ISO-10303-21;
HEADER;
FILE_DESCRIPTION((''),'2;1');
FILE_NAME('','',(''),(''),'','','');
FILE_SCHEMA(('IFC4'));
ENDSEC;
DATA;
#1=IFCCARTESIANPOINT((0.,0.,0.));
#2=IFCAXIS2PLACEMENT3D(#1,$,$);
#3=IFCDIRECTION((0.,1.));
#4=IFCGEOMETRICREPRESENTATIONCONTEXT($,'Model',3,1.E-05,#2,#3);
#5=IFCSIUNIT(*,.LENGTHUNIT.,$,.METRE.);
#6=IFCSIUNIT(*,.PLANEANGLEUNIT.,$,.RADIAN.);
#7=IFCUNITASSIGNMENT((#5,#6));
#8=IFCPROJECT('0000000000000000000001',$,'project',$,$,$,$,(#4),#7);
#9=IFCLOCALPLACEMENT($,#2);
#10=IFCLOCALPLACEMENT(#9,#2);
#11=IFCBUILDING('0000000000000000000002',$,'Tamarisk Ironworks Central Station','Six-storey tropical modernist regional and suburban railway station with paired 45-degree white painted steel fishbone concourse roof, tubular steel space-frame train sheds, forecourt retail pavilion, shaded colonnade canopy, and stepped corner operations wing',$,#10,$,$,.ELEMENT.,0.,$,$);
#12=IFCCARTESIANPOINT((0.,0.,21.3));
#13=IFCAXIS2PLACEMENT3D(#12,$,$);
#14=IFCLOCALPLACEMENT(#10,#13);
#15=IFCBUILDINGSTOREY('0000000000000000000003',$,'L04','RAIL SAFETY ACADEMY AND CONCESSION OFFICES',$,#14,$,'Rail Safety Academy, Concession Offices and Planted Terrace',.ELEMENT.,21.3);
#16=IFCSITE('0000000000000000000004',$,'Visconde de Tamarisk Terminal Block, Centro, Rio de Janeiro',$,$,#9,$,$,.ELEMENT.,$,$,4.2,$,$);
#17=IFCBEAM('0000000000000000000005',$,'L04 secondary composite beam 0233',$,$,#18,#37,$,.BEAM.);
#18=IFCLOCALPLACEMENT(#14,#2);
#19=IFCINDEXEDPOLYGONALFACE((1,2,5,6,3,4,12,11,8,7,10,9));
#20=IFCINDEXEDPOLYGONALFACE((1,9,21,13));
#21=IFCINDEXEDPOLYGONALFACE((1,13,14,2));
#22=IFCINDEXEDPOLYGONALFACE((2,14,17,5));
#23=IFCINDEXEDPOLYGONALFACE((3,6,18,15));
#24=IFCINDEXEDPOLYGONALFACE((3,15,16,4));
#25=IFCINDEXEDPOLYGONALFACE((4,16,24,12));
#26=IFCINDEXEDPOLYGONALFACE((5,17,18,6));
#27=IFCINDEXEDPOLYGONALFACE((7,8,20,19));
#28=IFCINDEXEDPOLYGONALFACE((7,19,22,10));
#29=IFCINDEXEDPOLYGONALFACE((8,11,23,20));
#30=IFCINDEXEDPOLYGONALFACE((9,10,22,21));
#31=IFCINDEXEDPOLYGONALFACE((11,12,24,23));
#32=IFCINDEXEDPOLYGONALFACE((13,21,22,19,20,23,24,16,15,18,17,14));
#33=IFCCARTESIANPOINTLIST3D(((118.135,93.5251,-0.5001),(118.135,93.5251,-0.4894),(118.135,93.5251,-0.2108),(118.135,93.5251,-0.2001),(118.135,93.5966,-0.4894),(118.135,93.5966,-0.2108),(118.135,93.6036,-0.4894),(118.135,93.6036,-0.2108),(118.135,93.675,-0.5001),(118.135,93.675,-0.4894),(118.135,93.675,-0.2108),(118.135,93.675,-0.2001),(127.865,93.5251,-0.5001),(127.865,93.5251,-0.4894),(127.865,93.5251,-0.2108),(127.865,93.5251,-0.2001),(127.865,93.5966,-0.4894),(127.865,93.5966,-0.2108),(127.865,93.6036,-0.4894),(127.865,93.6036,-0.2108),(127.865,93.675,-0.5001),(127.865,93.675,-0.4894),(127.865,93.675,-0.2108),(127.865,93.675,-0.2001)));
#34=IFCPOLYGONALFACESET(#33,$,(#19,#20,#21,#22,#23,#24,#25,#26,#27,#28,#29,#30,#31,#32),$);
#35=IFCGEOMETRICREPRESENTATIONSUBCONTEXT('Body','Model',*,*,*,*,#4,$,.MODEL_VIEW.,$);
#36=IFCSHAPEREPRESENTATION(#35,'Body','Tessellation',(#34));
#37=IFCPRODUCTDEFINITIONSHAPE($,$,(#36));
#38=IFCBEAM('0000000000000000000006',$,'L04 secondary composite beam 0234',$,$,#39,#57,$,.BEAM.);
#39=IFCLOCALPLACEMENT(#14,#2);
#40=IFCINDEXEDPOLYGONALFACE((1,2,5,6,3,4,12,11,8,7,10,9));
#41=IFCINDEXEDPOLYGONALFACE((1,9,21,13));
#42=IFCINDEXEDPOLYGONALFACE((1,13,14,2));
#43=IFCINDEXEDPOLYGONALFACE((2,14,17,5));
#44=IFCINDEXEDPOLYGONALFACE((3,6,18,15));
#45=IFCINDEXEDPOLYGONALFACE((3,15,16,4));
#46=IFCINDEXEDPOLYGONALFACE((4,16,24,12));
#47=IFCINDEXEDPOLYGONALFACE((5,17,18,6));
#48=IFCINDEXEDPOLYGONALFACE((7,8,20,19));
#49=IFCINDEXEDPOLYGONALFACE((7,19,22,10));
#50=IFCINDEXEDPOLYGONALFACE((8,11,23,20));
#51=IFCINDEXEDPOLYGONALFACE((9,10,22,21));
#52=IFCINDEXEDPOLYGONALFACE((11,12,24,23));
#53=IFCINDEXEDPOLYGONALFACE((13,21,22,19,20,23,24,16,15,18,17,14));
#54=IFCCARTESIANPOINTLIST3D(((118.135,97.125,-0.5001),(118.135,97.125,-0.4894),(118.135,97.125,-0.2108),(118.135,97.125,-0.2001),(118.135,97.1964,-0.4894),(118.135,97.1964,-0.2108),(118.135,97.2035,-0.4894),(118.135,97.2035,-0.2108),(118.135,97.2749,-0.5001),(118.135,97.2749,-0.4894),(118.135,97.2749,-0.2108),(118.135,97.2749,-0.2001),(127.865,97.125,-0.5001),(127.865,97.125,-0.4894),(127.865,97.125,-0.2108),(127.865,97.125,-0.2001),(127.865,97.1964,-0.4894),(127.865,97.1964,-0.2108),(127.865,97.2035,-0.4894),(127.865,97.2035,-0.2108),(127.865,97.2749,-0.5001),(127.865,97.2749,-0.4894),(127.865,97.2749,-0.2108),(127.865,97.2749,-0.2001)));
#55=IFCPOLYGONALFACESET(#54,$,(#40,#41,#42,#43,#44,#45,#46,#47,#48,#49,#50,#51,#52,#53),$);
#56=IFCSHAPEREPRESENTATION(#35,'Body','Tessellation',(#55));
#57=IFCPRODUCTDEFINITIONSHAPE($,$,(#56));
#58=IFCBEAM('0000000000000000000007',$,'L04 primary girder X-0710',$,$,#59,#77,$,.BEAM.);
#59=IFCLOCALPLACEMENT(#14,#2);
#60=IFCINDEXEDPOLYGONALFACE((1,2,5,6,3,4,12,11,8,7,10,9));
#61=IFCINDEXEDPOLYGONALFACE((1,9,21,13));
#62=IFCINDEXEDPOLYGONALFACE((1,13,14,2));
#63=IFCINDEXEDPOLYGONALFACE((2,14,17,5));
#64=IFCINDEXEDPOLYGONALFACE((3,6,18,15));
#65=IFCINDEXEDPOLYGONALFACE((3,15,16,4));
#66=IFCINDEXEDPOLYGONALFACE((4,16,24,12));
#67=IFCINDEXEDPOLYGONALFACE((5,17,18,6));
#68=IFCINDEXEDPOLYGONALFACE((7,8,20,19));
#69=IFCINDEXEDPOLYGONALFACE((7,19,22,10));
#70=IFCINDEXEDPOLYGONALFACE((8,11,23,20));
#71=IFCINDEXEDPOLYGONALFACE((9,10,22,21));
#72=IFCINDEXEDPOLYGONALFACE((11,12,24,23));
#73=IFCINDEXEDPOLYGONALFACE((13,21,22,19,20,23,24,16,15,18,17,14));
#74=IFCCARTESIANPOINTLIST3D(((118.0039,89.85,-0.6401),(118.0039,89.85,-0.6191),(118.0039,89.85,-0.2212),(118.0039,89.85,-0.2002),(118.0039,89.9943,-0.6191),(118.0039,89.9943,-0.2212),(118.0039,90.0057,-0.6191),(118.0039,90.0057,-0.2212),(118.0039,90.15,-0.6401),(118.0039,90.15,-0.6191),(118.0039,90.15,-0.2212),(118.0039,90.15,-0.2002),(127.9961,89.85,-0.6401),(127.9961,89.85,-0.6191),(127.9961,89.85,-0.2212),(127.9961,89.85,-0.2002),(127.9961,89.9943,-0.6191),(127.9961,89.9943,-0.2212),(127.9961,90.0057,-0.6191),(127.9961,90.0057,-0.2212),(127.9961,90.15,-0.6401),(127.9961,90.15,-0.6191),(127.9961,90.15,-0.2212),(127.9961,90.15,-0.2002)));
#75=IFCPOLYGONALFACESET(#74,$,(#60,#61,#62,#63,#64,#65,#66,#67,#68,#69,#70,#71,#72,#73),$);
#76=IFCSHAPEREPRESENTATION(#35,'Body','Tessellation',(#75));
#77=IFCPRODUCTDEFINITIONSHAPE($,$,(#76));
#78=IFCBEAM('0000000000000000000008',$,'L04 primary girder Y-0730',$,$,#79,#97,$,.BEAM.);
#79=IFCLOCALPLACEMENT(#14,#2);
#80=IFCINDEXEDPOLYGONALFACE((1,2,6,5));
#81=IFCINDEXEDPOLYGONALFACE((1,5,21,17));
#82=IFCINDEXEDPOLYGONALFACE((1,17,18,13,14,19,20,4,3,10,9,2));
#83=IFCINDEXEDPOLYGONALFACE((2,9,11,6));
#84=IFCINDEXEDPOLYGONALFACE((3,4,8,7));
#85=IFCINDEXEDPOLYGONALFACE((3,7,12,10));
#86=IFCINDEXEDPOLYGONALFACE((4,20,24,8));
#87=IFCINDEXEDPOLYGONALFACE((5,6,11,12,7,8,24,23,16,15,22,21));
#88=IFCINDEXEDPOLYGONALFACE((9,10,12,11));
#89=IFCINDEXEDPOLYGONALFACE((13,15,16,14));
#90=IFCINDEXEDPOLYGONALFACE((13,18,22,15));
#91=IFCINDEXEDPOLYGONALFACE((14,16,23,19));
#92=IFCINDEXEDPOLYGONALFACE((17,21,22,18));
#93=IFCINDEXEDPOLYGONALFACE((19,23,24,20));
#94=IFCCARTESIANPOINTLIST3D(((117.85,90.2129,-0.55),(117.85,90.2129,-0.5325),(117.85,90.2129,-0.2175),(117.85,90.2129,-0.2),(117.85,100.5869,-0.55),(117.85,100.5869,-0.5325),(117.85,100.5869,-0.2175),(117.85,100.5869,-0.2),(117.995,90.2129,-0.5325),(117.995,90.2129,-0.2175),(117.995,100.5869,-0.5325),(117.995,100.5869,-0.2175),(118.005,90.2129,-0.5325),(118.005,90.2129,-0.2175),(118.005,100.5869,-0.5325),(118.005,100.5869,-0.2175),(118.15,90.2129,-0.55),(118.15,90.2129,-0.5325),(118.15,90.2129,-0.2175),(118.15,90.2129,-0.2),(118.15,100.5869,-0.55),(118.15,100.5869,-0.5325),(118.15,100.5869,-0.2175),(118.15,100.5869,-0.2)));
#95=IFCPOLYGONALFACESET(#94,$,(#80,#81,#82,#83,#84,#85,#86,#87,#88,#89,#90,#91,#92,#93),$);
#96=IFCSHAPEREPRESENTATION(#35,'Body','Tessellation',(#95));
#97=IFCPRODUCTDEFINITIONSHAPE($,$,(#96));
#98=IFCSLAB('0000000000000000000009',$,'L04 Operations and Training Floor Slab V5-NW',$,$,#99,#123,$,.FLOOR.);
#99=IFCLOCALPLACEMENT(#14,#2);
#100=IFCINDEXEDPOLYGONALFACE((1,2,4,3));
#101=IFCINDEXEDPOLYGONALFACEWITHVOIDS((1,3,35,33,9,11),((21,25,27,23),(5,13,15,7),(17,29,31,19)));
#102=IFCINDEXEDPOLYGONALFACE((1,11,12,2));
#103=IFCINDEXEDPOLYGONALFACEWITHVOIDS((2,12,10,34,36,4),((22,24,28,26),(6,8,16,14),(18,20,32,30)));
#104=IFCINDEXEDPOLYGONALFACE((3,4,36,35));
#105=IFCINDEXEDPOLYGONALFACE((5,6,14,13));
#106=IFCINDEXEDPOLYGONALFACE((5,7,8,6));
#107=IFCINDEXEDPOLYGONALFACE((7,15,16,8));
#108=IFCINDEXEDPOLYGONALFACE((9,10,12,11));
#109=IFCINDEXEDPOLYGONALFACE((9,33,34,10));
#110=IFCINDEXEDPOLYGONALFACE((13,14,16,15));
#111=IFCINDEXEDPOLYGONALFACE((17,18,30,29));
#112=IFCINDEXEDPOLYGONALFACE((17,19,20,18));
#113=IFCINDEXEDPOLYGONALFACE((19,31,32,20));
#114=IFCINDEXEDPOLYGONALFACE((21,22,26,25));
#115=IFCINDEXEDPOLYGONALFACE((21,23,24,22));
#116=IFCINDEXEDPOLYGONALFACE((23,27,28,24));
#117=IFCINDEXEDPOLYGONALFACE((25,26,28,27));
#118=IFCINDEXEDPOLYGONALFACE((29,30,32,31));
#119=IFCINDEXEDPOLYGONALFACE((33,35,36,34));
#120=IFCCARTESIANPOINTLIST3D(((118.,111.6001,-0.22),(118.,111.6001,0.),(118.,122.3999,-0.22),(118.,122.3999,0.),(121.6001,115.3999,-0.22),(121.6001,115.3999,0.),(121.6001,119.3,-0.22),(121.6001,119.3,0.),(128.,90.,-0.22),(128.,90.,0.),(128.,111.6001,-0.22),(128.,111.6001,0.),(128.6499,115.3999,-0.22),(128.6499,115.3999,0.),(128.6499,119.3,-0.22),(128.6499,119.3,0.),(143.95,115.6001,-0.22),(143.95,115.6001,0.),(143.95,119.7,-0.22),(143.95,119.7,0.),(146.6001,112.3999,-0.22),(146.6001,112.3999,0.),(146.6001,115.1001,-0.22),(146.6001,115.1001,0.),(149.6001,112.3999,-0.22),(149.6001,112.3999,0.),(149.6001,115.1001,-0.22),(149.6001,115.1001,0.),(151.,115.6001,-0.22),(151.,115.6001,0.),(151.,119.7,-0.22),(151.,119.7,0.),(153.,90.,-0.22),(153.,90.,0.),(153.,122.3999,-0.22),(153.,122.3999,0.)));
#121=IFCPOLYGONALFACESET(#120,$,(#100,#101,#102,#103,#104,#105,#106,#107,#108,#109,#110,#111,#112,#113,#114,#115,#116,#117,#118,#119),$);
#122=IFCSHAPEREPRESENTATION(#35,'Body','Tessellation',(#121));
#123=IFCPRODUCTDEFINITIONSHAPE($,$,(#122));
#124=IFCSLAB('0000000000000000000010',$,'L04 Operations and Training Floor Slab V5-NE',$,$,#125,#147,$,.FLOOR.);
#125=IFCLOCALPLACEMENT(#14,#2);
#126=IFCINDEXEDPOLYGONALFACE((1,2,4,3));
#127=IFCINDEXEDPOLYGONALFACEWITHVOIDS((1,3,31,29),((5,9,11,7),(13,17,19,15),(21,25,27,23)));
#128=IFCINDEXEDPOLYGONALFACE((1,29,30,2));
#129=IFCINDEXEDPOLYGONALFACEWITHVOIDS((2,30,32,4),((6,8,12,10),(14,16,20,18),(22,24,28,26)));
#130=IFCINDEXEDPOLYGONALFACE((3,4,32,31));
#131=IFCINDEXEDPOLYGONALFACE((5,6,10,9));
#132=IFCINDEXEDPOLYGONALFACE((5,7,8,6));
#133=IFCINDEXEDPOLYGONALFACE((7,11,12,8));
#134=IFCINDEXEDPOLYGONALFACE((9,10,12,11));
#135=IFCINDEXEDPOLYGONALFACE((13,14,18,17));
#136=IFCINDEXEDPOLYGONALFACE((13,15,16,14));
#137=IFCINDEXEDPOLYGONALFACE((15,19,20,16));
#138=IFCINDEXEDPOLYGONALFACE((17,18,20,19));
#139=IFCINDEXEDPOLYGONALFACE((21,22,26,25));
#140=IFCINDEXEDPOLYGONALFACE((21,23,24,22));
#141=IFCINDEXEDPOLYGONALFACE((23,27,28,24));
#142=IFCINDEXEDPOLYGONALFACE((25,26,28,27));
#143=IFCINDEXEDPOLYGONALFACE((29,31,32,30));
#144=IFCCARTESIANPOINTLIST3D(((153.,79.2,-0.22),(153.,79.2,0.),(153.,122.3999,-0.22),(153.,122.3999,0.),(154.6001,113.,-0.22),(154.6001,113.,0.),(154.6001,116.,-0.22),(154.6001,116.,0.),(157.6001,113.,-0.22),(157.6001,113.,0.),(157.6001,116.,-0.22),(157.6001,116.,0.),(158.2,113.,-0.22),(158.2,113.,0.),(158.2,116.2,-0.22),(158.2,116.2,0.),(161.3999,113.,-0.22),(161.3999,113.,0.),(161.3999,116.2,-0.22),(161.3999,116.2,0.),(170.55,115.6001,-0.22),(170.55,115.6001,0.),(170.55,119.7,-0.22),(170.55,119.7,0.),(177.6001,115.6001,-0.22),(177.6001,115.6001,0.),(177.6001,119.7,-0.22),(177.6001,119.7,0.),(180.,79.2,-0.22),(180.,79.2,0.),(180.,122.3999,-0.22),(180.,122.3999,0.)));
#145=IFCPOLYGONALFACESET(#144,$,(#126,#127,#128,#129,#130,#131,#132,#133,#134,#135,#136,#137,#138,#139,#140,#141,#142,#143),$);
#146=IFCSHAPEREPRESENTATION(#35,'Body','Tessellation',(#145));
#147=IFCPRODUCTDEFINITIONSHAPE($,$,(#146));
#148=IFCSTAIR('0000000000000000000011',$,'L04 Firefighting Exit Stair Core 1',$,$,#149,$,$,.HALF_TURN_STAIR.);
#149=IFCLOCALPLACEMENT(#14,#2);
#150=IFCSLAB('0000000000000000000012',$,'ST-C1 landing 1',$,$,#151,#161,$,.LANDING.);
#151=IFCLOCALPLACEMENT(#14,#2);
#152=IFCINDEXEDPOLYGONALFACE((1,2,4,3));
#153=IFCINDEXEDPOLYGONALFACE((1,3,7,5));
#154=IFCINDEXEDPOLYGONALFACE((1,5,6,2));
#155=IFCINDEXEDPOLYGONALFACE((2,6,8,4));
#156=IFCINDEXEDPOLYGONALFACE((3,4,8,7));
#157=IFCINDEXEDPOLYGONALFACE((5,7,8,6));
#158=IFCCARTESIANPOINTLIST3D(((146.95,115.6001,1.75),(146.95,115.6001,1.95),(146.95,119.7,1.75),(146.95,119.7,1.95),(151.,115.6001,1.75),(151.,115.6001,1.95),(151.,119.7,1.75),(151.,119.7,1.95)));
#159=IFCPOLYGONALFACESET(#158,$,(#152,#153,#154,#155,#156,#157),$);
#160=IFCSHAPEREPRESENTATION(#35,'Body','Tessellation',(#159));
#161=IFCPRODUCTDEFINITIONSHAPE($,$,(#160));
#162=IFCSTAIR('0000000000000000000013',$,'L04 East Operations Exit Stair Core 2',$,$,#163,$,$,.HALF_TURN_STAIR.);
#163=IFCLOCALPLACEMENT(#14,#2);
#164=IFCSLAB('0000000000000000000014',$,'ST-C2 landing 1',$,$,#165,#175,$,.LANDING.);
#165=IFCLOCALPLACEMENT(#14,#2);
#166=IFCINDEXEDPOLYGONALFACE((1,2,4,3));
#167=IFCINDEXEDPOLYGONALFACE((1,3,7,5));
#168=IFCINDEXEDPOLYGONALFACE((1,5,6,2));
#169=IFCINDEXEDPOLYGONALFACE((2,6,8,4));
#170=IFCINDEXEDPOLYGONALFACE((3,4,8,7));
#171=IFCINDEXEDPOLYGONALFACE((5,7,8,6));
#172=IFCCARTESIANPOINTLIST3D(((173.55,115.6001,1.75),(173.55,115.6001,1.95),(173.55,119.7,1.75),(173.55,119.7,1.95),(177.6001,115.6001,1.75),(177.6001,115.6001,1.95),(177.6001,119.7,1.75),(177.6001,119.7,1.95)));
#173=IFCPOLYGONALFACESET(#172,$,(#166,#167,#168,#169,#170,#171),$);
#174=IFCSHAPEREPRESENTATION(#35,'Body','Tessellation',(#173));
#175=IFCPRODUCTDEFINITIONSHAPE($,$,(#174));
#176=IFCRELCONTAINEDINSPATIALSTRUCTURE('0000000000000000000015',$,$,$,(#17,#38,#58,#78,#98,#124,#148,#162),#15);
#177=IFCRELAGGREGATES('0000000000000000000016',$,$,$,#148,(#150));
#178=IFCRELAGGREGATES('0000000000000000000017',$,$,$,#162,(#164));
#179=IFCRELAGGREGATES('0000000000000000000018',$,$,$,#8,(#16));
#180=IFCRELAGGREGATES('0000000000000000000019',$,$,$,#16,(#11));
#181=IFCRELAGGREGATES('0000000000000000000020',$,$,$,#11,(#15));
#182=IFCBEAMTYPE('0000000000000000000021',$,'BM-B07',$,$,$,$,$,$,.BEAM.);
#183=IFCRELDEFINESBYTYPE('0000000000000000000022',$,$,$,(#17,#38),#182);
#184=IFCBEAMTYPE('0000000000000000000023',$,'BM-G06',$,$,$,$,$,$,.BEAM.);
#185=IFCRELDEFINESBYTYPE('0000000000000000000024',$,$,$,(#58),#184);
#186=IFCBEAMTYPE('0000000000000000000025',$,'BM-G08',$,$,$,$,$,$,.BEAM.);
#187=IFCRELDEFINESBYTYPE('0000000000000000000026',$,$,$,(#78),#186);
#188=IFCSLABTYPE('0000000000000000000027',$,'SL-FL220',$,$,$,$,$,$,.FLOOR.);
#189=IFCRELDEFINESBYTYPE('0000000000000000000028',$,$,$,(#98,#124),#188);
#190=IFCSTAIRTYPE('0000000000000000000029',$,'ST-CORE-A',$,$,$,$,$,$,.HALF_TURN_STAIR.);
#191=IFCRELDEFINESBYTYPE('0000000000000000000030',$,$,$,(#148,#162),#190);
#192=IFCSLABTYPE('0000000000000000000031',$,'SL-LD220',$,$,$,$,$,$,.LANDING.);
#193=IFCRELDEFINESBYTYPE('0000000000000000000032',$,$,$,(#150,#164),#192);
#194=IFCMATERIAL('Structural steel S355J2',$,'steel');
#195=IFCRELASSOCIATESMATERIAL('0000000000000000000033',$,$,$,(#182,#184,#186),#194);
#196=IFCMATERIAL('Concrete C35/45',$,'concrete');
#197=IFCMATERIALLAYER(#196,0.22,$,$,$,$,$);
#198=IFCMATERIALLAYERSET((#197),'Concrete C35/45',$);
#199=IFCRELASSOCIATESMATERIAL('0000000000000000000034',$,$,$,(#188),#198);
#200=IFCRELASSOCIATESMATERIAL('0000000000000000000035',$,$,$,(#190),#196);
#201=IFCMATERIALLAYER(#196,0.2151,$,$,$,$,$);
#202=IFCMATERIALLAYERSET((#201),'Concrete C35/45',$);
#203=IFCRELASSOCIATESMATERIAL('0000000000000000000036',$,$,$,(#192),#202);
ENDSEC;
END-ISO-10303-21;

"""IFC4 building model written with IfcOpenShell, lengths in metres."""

from ifc_helpers import new_model, si_unit, direction, frame, origin, origin_2d, place, context, subcontext, project, spatial, polyline, i_section, outline, extrude, material, layer, layer_set, material_profile, profile_set, type_object, element, aggregate, save


model = new_model("IFC4")

# Units and contexts
model_context = context("Model", 3, precision=1e-05, world=origin(), true_north=direction((0.0, 1.0)))
body_context = subcontext(model_context, "Body", "Model", "MODEL_VIEW")
ifc_project = project(units=[si_unit("LENGTHUNIT", "METRE"), si_unit("PLANEANGLEUNIT", "RADIAN")], contexts=[model_context])

# Site, building, storey
site_placement = place(None, origin())
site = spatial("IfcSite", under=ifc_project, at=site_placement, Name="Visconde de Tamarisk Terminal Block, Centro, Rio de Janeiro", CompositionType="ELEMENT", RefElevation=4.2)
building_placement = place(site_placement, origin())
building = spatial("IfcBuilding", under=site, at=building_placement, Name="Tamarisk Ironworks Central Station", Description="Six-storey tropical modernist regional and suburban railway station with paired 45-degree white painted steel fishbone concourse roof, tubular steel space-frame train sheds, forecourt retail pavilion, shaded colonnade canopy, and stepped corner operations wing", CompositionType="ELEMENT", ElevationOfRefHeight=0.0)
storey_placement = place(building_placement, frame((0.0, 0.0, 21.3)))
storey = spatial("IfcBuildingStorey", under=building, at=storey_placement, Name="L04", Description="RAIL SAFETY ACADEMY AND CONCESSION OFFICES", LongName="Rail Safety Academy, Concession Offices and Planted Terrace", CompositionType="ELEMENT", Elevation=21.3)

# Beams
ifc_material_1 = material(Name="Structural steel S355J2", Category="steel")
ifc_material_profile_1 = material_profile(ifc_material_1, i_section(OverallWidth=0.1499, OverallDepth=0.3, WebThickness=0.0071, FlangeThickness=0.0107, at=origin_2d()), Name="IPE 300")
ifc_profile_set_1 = profile_set([ifc_material_profile_1], Name="Structural steel S355J2")
beam_type_1 = type_object("IfcBeamType", Name="BM-B07", PredefinedType="BEAM", material=ifc_profile_set_1)
for number, where, z_axis, x_axis, name in (
    (1, (118.135, 93.6001, -0.3501), (1.0, 0.0, 0.0), (0.0, 1.0, 0.0), "L04 secondary composite beam 0233"),
    (2, (118.135, 97.2, -0.3501), (1.0, 0.0, 0.0), (0.0, 1.0, 0.0), "L04 secondary composite beam 0234"),
):
    element("IfcBeam", number, at=place(storey_placement, frame(where, z_axis=z_axis, x_axis=x_axis)), inside=storey, type_object=beam_type_1, Name=name, PredefinedType="BEAM", context=body_context, shape_type="SweptSolid", body=[
        extrude(i_section(OverallWidth=0.1499, OverallDepth=0.3, WebThickness=0.0071, FlangeThickness=0.0107, at=origin_2d()), origin(), (0.0, 0.0, 1.0), 9.73),
    ])
ifc_material_profile_2 = material_profile(ifc_material_1, i_section(OverallWidth=0.3, OverallDepth=0.4399, WebThickness=0.0115, FlangeThickness=0.021, at=origin_2d()), Name="HEA 450")
ifc_profile_set_2 = profile_set([ifc_material_profile_2], Name="Structural steel S355J2")
beam_type_2 = type_object("IfcBeamType", Name="BM-G06", PredefinedType="BEAM", material=ifc_profile_set_2)
beam_1_placement = place(storey_placement, frame((118.0039, 90.0, -0.4202), z_axis=(1.0, 0.0, 0.0), x_axis=(0.0, 1.0, 0.0)))
element("IfcBeam", 3, at=beam_1_placement, inside=storey, type_object=beam_type_2, Name="L04 primary girder X-0710", PredefinedType="BEAM", context=body_context, shape_type="SweptSolid", body=[
    extrude(i_section(OverallWidth=0.3, OverallDepth=0.4399, WebThickness=0.0115, FlangeThickness=0.021, at=origin_2d()), origin(), (0.0, 0.0, 1.0), 9.9922),
])
ifc_material_profile_3 = material_profile(ifc_material_1, i_section(OverallWidth=0.3, OverallDepth=0.3501, WebThickness=0.01, FlangeThickness=0.0176, at=origin_2d()), Name="HEA 360")
ifc_profile_set_3 = profile_set([ifc_material_profile_3], Name="Structural steel S355J2")
beam_type_3 = type_object("IfcBeamType", Name="BM-G08", PredefinedType="BEAM", material=ifc_profile_set_3)
beam_2_placement = place(storey_placement, frame((118.0, 90.2129, -0.375), z_axis=(0.0, 1.0, 0.0), x_axis=(-1.0, 0.0, 0.0)))
element("IfcBeam", 4, at=beam_2_placement, inside=storey, type_object=beam_type_3, Name="L04 primary girder Y-0730", PredefinedType="BEAM", context=body_context, shape_type="SweptSolid", body=[
    extrude(i_section(OverallWidth=0.3, OverallDepth=0.3501, WebThickness=0.01, FlangeThickness=0.0176, at=origin_2d()), origin(), (0.0, 0.0, 1.0), 10.374),
])

# Slabs
ifc_material_2 = material(Name="Concrete C35/45", Category="concrete")
ifc_layer_1 = layer(ifc_material_2, 0.22)
ifc_layer_set_1 = layer_set([ifc_layer_1], Name="Concrete C35/45")
slab_type_1 = type_object("IfcSlabType", Name="SL-FL220", PredefinedType="FLOOR", material=ifc_layer_set_1)
slab_1_placement = place(storey_placement, frame((0.0, 0.0, -0.22)))
element("IfcSlab", 5, at=slab_1_placement, inside=storey, type_object=slab_type_1, Name="L04 Operations and Training Floor Slab V5-NW", PredefinedType="FLOOR", context=body_context, shape_type="SweptSolid", body=[
    extrude(outline(polyline([(128.0, 90.0), (153.0, 90.0), (153.0, 122.3999), (118.0, 122.3999), (118.0, 111.6001), (128.0, 111.6001), (128.0, 90.0)]), holes=[polyline([(143.95, 115.6001), (151.0, 115.6001), (151.0, 119.7), (143.95, 119.7), (143.95, 115.6001)]), polyline([(121.6001, 115.3999), (128.6499, 115.3999), (128.6499, 119.3), (121.6001, 119.3), (121.6001, 115.3999)]), polyline([(146.6001, 112.3999), (149.6001, 112.3999), (149.6001, 115.1001), (146.6001, 115.1001), (146.6001, 112.3999)])]), origin(), (0.0, 0.0, 1.0), 0.22),
])
slab_2_placement = place(storey_placement, frame((0.0, 0.0, -0.22)))
element("IfcSlab", 6, at=slab_2_placement, inside=storey, type_object=slab_type_1, Name="L04 Operations and Training Floor Slab V5-NE", PredefinedType="FLOOR", context=body_context, shape_type="SweptSolid", body=[
    extrude(outline(polyline([(153.0, 79.2), (180.0, 79.2), (180.0, 122.3999), (153.0, 122.3999), (153.0, 79.2)]), holes=[polyline([(170.55, 115.6001), (177.6001, 115.6001), (177.6001, 119.7), (170.55, 119.7), (170.55, 115.6001)]), polyline([(154.6001, 113.0), (157.6001, 113.0), (157.6001, 116.0), (154.6001, 116.0), (154.6001, 113.0)]), polyline([(158.2, 113.0), (161.3999, 113.0), (161.3999, 116.2), (158.2, 116.2), (158.2, 113.0)])]), origin(), (0.0, 0.0, 1.0), 0.22),
])

# Stairs, slabs
stair_type = type_object("IfcStairType", Name="ST-CORE-A", PredefinedType="HALF_TURN_STAIR", material=ifc_material_2)
stair_1_placement = place(storey_placement, origin())
stair_1 = element("IfcStair", 7, at=stair_1_placement, inside=storey, type_object=stair_type, Name="L04 Firefighting Exit Stair Core 1", PredefinedType="HALF_TURN_STAIR")
ifc_layer_2 = layer(ifc_material_2, 0.2151)
ifc_layer_set_2 = layer_set([ifc_layer_2], Name="Concrete C35/45")
slab_type_2 = type_object("IfcSlabType", Name="SL-LD220", PredefinedType="LANDING", material=ifc_layer_set_2)
slab_3_placement = place(storey_placement, frame((0.0, 0.0, 1.75)))
slab_3 = element("IfcSlab", 8, at=slab_3_placement, type_object=slab_type_2, Name="ST-C1 landing 1", PredefinedType="LANDING", context=body_context, shape_type="SweptSolid", body=[
    extrude(outline(polyline([(146.95, 115.6001), (151.0, 115.6001), (151.0, 119.7), (146.95, 119.7), (146.95, 115.6001)])), origin(), (0.0, 0.0, 1.0), 0.2),
])
aggregate(stair_1, [slab_3])
stair_2_placement = place(storey_placement, origin())
stair_2 = element("IfcStair", 9, at=stair_2_placement, inside=storey, type_object=stair_type, Name="L04 East Operations Exit Stair Core 2", PredefinedType="HALF_TURN_STAIR")
slab_4_placement = place(storey_placement, frame((0.0, 0.0, 1.75)))
slab_4 = element("IfcSlab", 10, at=slab_4_placement, type_object=slab_type_2, Name="ST-C2 landing 1", PredefinedType="LANDING", context=body_context, shape_type="SweptSolid", body=[
    extrude(outline(polyline([(173.55, 115.6001), (177.6001, 115.6001), (177.6001, 119.7), (173.55, 119.7), (173.55, 115.6001)])), origin(), (0.0, 0.0, 1.0), 0.2),
])
aggregate(stair_2, [slab_4])

save(model, "model.ifc")
